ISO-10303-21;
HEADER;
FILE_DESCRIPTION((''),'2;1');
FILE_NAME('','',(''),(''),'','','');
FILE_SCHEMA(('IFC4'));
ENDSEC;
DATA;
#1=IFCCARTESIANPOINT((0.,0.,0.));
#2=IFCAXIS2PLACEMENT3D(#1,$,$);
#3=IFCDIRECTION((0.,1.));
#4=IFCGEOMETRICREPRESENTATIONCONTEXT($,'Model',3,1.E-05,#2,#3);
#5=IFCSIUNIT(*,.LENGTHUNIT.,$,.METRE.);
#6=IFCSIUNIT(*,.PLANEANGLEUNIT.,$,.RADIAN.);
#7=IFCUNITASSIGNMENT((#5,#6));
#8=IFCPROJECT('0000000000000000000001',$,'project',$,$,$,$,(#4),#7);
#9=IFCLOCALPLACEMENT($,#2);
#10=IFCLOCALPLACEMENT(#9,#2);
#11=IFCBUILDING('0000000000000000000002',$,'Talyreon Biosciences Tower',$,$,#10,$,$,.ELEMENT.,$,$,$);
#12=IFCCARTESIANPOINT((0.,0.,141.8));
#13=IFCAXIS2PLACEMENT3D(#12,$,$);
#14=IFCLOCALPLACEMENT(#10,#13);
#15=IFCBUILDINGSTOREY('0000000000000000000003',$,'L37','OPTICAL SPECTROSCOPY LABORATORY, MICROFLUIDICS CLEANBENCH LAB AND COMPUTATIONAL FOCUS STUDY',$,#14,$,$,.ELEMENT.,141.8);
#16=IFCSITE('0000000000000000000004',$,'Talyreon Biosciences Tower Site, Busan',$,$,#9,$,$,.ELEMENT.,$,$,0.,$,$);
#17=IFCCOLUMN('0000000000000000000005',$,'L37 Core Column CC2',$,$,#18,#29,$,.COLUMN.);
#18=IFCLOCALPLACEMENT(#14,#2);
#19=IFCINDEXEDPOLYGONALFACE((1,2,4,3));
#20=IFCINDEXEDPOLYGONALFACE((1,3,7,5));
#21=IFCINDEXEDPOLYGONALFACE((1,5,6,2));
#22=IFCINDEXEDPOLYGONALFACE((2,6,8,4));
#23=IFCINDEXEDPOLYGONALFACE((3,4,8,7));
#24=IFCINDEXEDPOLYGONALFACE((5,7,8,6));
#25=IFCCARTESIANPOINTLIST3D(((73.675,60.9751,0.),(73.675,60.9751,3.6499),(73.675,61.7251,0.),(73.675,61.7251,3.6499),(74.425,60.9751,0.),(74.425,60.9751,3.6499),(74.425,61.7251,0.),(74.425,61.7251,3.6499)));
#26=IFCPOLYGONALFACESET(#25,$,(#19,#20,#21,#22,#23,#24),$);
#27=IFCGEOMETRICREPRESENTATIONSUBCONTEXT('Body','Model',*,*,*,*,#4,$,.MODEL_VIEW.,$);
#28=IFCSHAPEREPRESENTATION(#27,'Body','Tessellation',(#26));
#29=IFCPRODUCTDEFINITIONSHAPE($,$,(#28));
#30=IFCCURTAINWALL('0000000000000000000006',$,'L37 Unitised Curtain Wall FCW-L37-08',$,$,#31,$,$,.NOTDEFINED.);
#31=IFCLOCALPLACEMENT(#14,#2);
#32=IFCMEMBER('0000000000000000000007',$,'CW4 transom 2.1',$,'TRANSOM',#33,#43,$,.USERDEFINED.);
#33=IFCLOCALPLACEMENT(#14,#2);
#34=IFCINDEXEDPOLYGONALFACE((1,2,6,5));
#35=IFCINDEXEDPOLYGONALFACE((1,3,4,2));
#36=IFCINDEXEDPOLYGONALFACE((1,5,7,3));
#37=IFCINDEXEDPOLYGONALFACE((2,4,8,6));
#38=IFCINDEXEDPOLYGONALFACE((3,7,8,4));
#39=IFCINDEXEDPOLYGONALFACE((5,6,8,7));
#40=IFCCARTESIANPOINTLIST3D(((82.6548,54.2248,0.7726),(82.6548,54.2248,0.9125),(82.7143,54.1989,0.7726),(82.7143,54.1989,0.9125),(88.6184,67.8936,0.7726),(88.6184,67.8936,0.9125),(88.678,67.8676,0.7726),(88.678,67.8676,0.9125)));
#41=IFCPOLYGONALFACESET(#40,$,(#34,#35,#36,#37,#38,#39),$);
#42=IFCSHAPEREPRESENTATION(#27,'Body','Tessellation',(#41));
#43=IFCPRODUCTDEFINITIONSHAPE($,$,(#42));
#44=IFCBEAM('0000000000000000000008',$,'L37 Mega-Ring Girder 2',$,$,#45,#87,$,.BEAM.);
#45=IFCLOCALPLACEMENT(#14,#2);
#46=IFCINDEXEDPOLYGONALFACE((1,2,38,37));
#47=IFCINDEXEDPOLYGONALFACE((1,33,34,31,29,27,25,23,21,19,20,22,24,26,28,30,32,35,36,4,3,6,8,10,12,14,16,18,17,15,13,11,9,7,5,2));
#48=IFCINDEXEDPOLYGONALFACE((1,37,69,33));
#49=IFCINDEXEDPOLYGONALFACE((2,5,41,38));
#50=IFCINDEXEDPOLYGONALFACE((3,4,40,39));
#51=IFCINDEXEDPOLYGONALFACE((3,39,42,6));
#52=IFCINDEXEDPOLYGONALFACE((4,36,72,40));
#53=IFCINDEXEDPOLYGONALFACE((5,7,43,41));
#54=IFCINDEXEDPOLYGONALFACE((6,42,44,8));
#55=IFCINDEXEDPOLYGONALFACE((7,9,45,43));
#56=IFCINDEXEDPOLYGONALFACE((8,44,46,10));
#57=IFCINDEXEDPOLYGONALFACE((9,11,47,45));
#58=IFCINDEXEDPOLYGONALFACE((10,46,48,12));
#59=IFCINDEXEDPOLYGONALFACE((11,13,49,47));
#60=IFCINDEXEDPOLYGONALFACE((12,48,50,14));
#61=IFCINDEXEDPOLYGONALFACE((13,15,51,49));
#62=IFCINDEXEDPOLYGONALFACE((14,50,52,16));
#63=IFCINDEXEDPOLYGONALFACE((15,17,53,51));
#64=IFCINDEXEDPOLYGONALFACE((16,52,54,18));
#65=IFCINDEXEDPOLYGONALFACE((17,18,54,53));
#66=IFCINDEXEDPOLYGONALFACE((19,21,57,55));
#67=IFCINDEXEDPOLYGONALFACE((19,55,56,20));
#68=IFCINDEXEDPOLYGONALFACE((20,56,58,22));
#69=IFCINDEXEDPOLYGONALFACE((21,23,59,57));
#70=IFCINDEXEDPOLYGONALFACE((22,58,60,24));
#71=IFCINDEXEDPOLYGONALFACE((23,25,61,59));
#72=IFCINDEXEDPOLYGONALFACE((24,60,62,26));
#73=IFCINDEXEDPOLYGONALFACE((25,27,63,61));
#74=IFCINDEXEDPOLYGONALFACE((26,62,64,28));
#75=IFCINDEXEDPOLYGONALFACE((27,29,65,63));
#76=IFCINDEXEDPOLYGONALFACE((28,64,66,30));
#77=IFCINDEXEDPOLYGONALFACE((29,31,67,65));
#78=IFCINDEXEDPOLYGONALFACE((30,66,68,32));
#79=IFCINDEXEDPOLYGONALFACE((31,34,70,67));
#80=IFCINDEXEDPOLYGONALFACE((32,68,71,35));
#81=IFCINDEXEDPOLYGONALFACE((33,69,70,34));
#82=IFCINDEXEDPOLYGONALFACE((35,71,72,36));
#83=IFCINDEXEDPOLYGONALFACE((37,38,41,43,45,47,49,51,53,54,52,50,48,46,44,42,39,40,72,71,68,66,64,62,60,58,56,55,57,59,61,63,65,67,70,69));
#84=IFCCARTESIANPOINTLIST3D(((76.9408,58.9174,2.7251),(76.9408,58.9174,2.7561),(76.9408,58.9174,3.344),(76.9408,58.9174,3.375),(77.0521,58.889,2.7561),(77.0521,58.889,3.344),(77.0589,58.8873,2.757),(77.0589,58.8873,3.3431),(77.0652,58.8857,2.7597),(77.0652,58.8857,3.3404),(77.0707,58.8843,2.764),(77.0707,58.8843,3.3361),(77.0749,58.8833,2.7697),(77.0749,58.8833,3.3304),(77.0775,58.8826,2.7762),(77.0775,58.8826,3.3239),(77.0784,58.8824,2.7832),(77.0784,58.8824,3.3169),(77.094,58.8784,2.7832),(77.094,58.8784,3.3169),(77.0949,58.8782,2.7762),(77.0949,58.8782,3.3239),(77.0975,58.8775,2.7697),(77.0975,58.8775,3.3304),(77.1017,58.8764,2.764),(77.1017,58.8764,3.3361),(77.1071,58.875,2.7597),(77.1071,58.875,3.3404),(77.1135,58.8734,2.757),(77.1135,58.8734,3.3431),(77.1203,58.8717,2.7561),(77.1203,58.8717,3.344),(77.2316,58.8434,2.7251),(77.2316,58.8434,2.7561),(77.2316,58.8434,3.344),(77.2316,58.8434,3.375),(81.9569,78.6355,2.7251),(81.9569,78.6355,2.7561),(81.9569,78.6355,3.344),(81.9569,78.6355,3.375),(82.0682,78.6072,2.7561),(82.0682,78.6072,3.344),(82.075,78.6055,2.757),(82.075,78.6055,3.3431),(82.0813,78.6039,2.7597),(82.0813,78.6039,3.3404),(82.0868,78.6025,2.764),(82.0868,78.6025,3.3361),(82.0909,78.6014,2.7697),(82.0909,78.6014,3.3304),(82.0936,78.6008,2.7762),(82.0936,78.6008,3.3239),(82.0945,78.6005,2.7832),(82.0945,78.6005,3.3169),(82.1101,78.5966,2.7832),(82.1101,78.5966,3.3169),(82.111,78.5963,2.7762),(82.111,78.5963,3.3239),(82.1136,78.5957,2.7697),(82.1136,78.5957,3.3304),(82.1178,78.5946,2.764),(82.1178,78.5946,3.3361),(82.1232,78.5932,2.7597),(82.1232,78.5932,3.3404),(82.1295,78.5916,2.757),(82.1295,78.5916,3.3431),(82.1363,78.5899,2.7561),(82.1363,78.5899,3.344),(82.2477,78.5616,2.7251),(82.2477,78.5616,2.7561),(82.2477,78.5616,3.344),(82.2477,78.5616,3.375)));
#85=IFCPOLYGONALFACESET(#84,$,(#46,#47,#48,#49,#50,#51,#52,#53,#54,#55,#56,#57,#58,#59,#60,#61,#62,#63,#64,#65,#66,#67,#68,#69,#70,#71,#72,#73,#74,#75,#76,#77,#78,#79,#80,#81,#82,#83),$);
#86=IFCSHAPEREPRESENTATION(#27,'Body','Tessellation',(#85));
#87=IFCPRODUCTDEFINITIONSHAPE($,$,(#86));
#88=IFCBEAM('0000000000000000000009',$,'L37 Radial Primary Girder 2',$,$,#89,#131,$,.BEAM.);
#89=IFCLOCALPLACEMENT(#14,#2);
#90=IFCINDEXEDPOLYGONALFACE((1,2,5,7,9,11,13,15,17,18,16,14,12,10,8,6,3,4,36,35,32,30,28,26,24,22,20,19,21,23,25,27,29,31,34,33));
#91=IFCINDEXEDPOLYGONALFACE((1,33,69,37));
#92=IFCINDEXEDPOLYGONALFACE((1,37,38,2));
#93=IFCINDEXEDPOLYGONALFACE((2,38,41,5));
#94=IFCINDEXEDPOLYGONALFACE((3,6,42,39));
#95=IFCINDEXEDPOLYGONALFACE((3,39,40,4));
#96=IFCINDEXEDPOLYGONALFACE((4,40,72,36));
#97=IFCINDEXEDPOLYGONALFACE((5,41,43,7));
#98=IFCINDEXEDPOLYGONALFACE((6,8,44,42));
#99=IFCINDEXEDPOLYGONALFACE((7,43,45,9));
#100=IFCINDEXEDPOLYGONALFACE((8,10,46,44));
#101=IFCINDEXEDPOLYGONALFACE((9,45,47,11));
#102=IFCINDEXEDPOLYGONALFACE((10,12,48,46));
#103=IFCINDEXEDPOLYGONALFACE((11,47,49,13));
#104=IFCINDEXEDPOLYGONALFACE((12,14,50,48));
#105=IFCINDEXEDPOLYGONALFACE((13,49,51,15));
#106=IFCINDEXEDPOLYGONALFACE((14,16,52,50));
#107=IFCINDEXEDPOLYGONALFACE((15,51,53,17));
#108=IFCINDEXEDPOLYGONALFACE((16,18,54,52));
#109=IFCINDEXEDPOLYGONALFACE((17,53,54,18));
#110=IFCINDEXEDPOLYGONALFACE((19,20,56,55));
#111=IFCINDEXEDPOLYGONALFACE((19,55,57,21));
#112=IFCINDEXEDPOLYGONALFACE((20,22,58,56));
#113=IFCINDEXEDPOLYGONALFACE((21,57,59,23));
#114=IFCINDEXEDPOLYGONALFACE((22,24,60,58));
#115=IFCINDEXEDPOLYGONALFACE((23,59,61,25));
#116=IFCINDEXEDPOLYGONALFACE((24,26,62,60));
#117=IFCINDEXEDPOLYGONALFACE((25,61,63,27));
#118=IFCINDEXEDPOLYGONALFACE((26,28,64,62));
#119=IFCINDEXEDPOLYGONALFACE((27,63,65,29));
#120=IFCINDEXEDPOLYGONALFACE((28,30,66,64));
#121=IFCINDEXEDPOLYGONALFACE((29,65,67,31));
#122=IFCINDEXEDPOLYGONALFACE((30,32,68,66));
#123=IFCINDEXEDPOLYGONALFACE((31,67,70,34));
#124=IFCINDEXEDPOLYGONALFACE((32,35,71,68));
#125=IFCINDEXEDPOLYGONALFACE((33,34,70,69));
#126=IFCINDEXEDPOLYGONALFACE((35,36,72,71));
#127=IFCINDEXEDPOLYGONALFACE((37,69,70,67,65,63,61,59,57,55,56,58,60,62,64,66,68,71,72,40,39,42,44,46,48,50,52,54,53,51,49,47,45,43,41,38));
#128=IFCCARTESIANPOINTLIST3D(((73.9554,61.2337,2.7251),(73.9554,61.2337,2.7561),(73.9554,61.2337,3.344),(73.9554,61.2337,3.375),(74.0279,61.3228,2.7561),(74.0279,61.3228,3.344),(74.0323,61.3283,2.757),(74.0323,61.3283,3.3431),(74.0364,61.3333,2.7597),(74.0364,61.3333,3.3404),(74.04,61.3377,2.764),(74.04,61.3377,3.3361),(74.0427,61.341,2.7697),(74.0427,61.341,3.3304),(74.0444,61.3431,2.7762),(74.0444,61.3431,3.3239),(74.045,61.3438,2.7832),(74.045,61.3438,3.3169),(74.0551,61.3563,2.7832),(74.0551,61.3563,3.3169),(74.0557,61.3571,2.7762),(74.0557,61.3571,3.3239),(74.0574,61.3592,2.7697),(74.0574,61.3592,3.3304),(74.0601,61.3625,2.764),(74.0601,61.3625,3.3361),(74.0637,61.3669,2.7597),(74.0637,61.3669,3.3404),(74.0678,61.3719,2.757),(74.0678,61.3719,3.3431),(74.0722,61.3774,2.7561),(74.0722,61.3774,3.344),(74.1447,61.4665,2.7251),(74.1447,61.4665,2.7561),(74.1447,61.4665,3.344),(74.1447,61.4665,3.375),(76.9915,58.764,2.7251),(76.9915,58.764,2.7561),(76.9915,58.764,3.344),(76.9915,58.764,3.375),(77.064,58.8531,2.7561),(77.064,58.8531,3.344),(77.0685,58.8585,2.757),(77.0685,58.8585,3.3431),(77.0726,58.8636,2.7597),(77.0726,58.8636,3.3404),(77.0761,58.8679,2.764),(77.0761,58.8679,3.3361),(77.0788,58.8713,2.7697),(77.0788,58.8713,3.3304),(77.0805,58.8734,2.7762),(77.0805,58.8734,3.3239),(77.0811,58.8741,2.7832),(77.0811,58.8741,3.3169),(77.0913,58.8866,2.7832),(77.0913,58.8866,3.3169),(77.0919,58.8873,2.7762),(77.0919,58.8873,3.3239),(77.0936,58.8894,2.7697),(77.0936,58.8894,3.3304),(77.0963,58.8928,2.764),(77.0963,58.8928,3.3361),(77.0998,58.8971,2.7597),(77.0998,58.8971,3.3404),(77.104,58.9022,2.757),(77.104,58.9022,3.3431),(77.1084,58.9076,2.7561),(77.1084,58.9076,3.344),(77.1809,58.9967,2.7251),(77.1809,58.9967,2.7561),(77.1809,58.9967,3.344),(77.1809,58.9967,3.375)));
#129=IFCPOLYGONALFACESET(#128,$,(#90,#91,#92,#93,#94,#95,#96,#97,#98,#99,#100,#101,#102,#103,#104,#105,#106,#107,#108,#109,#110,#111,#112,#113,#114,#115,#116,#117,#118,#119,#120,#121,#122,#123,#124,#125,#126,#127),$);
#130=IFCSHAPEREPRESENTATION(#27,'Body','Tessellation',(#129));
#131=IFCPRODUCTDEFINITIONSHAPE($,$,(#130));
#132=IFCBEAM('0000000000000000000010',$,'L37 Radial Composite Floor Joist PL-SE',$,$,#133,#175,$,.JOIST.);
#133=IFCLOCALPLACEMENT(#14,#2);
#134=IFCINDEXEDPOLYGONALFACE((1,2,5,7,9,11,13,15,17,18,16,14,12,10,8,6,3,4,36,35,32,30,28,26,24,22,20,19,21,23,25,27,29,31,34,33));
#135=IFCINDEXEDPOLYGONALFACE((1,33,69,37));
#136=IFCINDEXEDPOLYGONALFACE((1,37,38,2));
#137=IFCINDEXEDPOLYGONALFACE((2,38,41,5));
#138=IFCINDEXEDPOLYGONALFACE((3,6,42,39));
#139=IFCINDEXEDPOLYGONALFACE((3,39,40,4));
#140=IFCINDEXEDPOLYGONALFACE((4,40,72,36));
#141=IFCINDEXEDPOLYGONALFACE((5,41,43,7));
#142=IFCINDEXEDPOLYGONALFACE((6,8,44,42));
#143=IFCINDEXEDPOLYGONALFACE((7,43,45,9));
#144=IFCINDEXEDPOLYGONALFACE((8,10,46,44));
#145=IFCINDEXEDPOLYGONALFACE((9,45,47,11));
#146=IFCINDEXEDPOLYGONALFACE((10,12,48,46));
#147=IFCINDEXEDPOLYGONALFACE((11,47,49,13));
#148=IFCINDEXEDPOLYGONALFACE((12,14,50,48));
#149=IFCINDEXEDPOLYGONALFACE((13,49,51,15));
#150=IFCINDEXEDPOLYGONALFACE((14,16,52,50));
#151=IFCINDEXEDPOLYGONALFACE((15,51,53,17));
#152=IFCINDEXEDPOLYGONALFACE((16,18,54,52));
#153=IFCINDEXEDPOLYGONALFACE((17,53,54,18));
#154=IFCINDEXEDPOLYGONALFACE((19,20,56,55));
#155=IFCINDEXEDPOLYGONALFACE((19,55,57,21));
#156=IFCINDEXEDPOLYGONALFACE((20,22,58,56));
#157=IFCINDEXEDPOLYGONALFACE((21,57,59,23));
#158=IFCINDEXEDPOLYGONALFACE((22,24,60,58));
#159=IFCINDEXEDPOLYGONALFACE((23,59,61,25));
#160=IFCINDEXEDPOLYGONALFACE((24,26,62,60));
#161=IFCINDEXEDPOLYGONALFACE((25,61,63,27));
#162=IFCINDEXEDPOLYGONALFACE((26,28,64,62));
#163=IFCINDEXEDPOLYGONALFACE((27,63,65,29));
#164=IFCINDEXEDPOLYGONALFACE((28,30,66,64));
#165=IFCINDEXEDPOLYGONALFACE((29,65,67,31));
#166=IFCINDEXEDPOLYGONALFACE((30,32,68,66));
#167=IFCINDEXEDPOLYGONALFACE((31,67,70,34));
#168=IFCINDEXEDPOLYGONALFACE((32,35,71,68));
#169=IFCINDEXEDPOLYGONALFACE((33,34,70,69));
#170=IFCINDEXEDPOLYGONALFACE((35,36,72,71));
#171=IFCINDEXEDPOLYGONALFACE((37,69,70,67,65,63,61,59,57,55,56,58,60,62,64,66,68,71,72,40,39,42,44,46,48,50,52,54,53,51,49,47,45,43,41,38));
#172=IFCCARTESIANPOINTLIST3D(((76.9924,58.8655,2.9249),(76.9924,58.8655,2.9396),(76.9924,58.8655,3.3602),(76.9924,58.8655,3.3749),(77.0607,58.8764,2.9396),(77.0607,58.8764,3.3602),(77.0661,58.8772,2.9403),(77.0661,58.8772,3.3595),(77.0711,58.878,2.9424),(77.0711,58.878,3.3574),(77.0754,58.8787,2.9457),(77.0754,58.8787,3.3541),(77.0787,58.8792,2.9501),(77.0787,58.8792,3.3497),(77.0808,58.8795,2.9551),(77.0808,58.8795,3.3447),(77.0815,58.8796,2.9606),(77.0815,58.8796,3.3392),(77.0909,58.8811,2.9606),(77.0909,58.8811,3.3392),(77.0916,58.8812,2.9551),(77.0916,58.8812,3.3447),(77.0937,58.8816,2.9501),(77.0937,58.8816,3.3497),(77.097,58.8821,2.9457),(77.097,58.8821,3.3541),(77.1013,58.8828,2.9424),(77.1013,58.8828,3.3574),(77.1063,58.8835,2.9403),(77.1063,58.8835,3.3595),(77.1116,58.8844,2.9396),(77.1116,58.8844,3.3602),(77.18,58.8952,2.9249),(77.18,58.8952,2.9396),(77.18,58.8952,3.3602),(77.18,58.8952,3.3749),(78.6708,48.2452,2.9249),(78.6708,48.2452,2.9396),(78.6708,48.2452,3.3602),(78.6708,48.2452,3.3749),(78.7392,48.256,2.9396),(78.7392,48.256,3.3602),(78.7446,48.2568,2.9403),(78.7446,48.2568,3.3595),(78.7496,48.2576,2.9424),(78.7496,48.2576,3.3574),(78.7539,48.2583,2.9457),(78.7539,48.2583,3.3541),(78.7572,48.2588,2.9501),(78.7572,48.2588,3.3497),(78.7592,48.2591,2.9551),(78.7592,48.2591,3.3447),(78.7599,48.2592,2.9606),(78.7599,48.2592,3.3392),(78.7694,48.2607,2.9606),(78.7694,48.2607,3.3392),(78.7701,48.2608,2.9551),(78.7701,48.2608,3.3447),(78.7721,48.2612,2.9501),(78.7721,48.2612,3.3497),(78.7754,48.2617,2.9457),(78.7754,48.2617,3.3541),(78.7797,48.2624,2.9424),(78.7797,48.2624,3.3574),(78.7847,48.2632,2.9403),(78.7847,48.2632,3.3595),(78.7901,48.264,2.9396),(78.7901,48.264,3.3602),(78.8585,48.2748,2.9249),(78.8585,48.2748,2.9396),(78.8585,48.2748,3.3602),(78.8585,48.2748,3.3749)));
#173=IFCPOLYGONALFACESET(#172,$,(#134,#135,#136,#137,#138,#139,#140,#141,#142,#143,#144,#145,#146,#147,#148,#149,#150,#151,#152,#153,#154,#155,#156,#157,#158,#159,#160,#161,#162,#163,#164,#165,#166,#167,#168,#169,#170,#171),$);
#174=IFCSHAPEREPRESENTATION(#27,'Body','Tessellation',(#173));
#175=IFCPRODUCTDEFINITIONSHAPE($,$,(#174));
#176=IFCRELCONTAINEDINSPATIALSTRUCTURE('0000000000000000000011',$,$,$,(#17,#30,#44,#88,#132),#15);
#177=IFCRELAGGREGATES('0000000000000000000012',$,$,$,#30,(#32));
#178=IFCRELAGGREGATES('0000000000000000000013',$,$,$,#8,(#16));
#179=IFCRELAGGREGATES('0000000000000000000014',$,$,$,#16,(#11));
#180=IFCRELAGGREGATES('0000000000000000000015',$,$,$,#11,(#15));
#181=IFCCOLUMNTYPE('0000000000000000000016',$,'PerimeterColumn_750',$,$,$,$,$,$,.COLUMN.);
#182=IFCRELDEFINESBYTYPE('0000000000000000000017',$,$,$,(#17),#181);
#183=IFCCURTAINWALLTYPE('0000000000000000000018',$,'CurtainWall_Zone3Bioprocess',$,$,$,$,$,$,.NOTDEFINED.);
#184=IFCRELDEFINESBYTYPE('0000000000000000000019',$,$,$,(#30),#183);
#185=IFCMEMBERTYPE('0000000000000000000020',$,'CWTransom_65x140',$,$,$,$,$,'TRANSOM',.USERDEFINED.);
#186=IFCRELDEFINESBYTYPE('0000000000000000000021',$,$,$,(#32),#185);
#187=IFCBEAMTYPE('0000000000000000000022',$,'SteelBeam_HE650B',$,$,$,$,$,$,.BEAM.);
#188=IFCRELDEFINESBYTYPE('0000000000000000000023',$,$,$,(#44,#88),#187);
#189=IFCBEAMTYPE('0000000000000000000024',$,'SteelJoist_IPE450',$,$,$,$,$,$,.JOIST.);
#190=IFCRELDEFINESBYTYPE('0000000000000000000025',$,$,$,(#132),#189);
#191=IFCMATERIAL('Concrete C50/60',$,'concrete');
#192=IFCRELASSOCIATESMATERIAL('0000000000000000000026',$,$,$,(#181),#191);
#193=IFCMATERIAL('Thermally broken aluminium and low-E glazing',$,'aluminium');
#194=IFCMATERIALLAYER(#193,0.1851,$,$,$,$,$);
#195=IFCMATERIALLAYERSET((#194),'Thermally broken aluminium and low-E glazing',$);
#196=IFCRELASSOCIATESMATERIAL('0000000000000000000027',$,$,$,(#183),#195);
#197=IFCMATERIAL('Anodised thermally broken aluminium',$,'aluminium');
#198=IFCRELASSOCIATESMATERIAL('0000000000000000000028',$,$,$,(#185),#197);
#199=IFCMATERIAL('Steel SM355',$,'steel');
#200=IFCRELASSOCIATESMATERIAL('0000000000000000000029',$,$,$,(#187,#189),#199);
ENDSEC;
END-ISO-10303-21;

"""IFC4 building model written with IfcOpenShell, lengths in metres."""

from ifc_helpers import new_model, si_unit, direction, frame, origin, origin_2d, place, context, subcontext, project, spatial, rectangle, i_section, extrude, material, layer, layer_set, material_profile, profile_set, type_object, element, aggregate, save


model = new_model("IFC4")

# Units and contexts
model_context = context("Model", 3, precision=1e-05, world=origin(), true_north=direction((0.0, 1.0)))
body_context = subcontext(model_context, "Body", "Model", "MODEL_VIEW")
ifc_project = project(units=[si_unit("LENGTHUNIT", "METRE"), si_unit("PLANEANGLEUNIT", "RADIAN")], contexts=[model_context])

# Site, building, storey
site_placement = place(None, origin())
site = spatial("IfcSite", under=ifc_project, at=site_placement, Name="Talyreon Biosciences Tower Site, Busan", CompositionType="ELEMENT", RefElevation=0.0)
building_placement = place(site_placement, origin())
building = spatial("IfcBuilding", under=site, at=building_placement, Name="Talyreon Biosciences Tower", CompositionType="ELEMENT")
storey_placement = place(building_placement, frame((0.0, 0.0, 141.8)))
storey = spatial("IfcBuildingStorey", under=building, at=storey_placement, Name="L37", Description="OPTICAL SPECTROSCOPY LABORATORY, MICROFLUIDICS CLEANBENCH LAB AND COMPUTATIONAL FOCUS STUDY", CompositionType="ELEMENT", Elevation=141.8)

# Column
ifc_material_1 = material(Name="Concrete C50/60", Category="concrete")
ifc_material_profile_1 = material_profile(ifc_material_1, rectangle(XDim=0.75, YDim=0.75, at=origin_2d()), Name="RC 750x750")
ifc_profile_set_1 = profile_set([ifc_material_profile_1], Name="Concrete C50/60")
column_type = type_object("IfcColumnType", Name="PerimeterColumn_750", PredefinedType="COLUMN", material=ifc_profile_set_1)
column_placement = place(storey_placement, frame((74.05, 61.3501, 0.0), z_axis=(0.0, 0.0, 1.0), x_axis=(1.0, 0.0, 0.0)))
element("IfcColumn", 1, at=column_placement, inside=storey, type_object=column_type, Name="L37 Core Column CC2", PredefinedType="COLUMN", context=body_context, shape_type="SweptSolid", body=[
    extrude(rectangle(XDim=0.75, YDim=0.75, at=origin_2d()), origin(), (0.0, 0.0, 1.0), 3.6499),
])

# Curtain wall, member
ifc_material_2 = material(Name="Thermally broken aluminium and low-E glazing", Category="aluminium")
ifc_layer_1 = layer(ifc_material_2, 0.1851)
ifc_layer_set_1 = layer_set([ifc_layer_1], Name="Thermally broken aluminium and low-E glazing")
curtain_wall_type = type_object("IfcCurtainWallType", Name="CurtainWall_Zone3Bioprocess", PredefinedType="NOTDEFINED", material=ifc_layer_set_1)
curtain_wall_placement = place(storey_placement, origin())
curtain_wall = element("IfcCurtainWall", 2, at=curtain_wall_placement, inside=storey, type_object=curtain_wall_type, Name="L37 Unitised Curtain Wall FCW-L37-08", PredefinedType="NOTDEFINED")
ifc_material_3 = material(Name="Anodised thermally broken aluminium", Category="aluminium")
ifc_material_profile_2 = material_profile(ifc_material_3, rectangle(XDim=0.0649, YDim=0.1399, at=origin_2d()), Name="ALUM TRANSOM 65x140")
ifc_profile_set_2 = profile_set([ifc_material_profile_2], Name="Anodised thermally broken aluminium")
member_type = type_object("IfcMemberType", Name="CWTransom_65x140", ElementType="TRANSOM", PredefinedType="USERDEFINED", material=ifc_profile_set_2)
member_placement = place(storey_placement, frame((88.6482, 67.8806, 0.8425), z_axis=(-0.399894, -0.916562, 0.0), x_axis=(0.916562, -0.399894, 0.0)))
member = element("IfcMember", 3, at=member_placement, type_object=member_type, Name="CW4 transom 2.1", ObjectType="TRANSOM", PredefinedType="USERDEFINED", context=body_context, shape_type="SweptSolid", body=[
    extrude(rectangle(XDim=0.0649, YDim=0.1399, at=origin_2d()), origin(), (0.0, 0.0, 1.0), 14.9131),
])

# Beams
ifc_material_4 = material(Name="Steel SM355", Category="steel")
ifc_material_profile_3 = material_profile(ifc_material_4, i_section(OverallWidth=0.3, OverallDepth=0.6499, WebThickness=0.0161, FlangeThickness=0.031, FilletRadius=0.0271, at=origin_2d()), Name="HE650B")
ifc_profile_set_3 = profile_set([ifc_material_profile_3], Name="Steel SM355")
beam_type_1 = type_object("IfcBeamType", Name="SteelBeam_HE650B", PredefinedType="BEAM", material=ifc_profile_set_3)
beam_1_placement = place(storey_placement, frame((77.0862, 58.8804, 3.05), z_axis=(0.246537, 0.969133, 0.0), x_axis=(-0.969133, 0.246537, 0.0)))
element("IfcBeam", 4, at=beam_1_placement, inside=storey, type_object=beam_type_1, Name="L37 Mega-Ring Girder 2", PredefinedType="BEAM", context=body_context, shape_type="SweptSolid", body=[
    extrude(i_section(OverallWidth=0.3, OverallDepth=0.6499, WebThickness=0.0161, FlangeThickness=0.031, FilletRadius=0.0271, at=origin_2d()), origin(), (0.0, 0.0, 1.0), 20.3462),
])
beam_2_placement = place(storey_placement, frame((74.05, 61.3501, 3.05), z_axis=(0.775755, -0.631034, 0.0), x_axis=(0.631034, 0.775755, 0.0)))
element("IfcBeam", 5, at=beam_2_placement, inside=storey, type_object=beam_type_1, Name="L37 Radial Primary Girder 2", PredefinedType="BEAM", context=body_context, shape_type="SweptSolid", body=[
    extrude(i_section(OverallWidth=0.3, OverallDepth=0.6499, WebThickness=0.0161, FlangeThickness=0.031, FilletRadius=0.0271, at=origin_2d()), origin(), (0.0, 0.0, 1.0), 3.9138),
])
ifc_material_profile_4 = material_profile(ifc_material_4, i_section(OverallWidth=0.1899, OverallDepth=0.45, WebThickness=0.0095, FlangeThickness=0.0146, FilletRadius=0.021, at=origin_2d()), Name="IPE450")
ifc_profile_set_4 = profile_set([ifc_material_profile_4], Name="Steel SM355")
beam_type_2 = type_object("IfcBeamType", Name="SteelJoist_IPE450", PredefinedType="JOIST", material=ifc_profile_set_4)
beam_3_placement = place(storey_placement, frame((77.0862, 58.8804, 3.1499), z_axis=(0.156105, -0.98774, 0.0), x_axis=(0.98774, 0.156105, 0.0)))
element("IfcBeam", 6, at=beam_3_placement, inside=storey, type_object=beam_type_2, Name="L37 Radial Composite Floor Joist PL-SE", PredefinedType="JOIST", context=body_context, shape_type="SweptSolid", body=[
    extrude(i_section(OverallWidth=0.1899, OverallDepth=0.45, WebThickness=0.0095, FlangeThickness=0.0146, FilletRadius=0.021, at=origin_2d()), origin(), (0.0, 0.0, 1.0), 10.7522),
])

aggregate(curtain_wall, [member])

save(model, "model.ifc")
